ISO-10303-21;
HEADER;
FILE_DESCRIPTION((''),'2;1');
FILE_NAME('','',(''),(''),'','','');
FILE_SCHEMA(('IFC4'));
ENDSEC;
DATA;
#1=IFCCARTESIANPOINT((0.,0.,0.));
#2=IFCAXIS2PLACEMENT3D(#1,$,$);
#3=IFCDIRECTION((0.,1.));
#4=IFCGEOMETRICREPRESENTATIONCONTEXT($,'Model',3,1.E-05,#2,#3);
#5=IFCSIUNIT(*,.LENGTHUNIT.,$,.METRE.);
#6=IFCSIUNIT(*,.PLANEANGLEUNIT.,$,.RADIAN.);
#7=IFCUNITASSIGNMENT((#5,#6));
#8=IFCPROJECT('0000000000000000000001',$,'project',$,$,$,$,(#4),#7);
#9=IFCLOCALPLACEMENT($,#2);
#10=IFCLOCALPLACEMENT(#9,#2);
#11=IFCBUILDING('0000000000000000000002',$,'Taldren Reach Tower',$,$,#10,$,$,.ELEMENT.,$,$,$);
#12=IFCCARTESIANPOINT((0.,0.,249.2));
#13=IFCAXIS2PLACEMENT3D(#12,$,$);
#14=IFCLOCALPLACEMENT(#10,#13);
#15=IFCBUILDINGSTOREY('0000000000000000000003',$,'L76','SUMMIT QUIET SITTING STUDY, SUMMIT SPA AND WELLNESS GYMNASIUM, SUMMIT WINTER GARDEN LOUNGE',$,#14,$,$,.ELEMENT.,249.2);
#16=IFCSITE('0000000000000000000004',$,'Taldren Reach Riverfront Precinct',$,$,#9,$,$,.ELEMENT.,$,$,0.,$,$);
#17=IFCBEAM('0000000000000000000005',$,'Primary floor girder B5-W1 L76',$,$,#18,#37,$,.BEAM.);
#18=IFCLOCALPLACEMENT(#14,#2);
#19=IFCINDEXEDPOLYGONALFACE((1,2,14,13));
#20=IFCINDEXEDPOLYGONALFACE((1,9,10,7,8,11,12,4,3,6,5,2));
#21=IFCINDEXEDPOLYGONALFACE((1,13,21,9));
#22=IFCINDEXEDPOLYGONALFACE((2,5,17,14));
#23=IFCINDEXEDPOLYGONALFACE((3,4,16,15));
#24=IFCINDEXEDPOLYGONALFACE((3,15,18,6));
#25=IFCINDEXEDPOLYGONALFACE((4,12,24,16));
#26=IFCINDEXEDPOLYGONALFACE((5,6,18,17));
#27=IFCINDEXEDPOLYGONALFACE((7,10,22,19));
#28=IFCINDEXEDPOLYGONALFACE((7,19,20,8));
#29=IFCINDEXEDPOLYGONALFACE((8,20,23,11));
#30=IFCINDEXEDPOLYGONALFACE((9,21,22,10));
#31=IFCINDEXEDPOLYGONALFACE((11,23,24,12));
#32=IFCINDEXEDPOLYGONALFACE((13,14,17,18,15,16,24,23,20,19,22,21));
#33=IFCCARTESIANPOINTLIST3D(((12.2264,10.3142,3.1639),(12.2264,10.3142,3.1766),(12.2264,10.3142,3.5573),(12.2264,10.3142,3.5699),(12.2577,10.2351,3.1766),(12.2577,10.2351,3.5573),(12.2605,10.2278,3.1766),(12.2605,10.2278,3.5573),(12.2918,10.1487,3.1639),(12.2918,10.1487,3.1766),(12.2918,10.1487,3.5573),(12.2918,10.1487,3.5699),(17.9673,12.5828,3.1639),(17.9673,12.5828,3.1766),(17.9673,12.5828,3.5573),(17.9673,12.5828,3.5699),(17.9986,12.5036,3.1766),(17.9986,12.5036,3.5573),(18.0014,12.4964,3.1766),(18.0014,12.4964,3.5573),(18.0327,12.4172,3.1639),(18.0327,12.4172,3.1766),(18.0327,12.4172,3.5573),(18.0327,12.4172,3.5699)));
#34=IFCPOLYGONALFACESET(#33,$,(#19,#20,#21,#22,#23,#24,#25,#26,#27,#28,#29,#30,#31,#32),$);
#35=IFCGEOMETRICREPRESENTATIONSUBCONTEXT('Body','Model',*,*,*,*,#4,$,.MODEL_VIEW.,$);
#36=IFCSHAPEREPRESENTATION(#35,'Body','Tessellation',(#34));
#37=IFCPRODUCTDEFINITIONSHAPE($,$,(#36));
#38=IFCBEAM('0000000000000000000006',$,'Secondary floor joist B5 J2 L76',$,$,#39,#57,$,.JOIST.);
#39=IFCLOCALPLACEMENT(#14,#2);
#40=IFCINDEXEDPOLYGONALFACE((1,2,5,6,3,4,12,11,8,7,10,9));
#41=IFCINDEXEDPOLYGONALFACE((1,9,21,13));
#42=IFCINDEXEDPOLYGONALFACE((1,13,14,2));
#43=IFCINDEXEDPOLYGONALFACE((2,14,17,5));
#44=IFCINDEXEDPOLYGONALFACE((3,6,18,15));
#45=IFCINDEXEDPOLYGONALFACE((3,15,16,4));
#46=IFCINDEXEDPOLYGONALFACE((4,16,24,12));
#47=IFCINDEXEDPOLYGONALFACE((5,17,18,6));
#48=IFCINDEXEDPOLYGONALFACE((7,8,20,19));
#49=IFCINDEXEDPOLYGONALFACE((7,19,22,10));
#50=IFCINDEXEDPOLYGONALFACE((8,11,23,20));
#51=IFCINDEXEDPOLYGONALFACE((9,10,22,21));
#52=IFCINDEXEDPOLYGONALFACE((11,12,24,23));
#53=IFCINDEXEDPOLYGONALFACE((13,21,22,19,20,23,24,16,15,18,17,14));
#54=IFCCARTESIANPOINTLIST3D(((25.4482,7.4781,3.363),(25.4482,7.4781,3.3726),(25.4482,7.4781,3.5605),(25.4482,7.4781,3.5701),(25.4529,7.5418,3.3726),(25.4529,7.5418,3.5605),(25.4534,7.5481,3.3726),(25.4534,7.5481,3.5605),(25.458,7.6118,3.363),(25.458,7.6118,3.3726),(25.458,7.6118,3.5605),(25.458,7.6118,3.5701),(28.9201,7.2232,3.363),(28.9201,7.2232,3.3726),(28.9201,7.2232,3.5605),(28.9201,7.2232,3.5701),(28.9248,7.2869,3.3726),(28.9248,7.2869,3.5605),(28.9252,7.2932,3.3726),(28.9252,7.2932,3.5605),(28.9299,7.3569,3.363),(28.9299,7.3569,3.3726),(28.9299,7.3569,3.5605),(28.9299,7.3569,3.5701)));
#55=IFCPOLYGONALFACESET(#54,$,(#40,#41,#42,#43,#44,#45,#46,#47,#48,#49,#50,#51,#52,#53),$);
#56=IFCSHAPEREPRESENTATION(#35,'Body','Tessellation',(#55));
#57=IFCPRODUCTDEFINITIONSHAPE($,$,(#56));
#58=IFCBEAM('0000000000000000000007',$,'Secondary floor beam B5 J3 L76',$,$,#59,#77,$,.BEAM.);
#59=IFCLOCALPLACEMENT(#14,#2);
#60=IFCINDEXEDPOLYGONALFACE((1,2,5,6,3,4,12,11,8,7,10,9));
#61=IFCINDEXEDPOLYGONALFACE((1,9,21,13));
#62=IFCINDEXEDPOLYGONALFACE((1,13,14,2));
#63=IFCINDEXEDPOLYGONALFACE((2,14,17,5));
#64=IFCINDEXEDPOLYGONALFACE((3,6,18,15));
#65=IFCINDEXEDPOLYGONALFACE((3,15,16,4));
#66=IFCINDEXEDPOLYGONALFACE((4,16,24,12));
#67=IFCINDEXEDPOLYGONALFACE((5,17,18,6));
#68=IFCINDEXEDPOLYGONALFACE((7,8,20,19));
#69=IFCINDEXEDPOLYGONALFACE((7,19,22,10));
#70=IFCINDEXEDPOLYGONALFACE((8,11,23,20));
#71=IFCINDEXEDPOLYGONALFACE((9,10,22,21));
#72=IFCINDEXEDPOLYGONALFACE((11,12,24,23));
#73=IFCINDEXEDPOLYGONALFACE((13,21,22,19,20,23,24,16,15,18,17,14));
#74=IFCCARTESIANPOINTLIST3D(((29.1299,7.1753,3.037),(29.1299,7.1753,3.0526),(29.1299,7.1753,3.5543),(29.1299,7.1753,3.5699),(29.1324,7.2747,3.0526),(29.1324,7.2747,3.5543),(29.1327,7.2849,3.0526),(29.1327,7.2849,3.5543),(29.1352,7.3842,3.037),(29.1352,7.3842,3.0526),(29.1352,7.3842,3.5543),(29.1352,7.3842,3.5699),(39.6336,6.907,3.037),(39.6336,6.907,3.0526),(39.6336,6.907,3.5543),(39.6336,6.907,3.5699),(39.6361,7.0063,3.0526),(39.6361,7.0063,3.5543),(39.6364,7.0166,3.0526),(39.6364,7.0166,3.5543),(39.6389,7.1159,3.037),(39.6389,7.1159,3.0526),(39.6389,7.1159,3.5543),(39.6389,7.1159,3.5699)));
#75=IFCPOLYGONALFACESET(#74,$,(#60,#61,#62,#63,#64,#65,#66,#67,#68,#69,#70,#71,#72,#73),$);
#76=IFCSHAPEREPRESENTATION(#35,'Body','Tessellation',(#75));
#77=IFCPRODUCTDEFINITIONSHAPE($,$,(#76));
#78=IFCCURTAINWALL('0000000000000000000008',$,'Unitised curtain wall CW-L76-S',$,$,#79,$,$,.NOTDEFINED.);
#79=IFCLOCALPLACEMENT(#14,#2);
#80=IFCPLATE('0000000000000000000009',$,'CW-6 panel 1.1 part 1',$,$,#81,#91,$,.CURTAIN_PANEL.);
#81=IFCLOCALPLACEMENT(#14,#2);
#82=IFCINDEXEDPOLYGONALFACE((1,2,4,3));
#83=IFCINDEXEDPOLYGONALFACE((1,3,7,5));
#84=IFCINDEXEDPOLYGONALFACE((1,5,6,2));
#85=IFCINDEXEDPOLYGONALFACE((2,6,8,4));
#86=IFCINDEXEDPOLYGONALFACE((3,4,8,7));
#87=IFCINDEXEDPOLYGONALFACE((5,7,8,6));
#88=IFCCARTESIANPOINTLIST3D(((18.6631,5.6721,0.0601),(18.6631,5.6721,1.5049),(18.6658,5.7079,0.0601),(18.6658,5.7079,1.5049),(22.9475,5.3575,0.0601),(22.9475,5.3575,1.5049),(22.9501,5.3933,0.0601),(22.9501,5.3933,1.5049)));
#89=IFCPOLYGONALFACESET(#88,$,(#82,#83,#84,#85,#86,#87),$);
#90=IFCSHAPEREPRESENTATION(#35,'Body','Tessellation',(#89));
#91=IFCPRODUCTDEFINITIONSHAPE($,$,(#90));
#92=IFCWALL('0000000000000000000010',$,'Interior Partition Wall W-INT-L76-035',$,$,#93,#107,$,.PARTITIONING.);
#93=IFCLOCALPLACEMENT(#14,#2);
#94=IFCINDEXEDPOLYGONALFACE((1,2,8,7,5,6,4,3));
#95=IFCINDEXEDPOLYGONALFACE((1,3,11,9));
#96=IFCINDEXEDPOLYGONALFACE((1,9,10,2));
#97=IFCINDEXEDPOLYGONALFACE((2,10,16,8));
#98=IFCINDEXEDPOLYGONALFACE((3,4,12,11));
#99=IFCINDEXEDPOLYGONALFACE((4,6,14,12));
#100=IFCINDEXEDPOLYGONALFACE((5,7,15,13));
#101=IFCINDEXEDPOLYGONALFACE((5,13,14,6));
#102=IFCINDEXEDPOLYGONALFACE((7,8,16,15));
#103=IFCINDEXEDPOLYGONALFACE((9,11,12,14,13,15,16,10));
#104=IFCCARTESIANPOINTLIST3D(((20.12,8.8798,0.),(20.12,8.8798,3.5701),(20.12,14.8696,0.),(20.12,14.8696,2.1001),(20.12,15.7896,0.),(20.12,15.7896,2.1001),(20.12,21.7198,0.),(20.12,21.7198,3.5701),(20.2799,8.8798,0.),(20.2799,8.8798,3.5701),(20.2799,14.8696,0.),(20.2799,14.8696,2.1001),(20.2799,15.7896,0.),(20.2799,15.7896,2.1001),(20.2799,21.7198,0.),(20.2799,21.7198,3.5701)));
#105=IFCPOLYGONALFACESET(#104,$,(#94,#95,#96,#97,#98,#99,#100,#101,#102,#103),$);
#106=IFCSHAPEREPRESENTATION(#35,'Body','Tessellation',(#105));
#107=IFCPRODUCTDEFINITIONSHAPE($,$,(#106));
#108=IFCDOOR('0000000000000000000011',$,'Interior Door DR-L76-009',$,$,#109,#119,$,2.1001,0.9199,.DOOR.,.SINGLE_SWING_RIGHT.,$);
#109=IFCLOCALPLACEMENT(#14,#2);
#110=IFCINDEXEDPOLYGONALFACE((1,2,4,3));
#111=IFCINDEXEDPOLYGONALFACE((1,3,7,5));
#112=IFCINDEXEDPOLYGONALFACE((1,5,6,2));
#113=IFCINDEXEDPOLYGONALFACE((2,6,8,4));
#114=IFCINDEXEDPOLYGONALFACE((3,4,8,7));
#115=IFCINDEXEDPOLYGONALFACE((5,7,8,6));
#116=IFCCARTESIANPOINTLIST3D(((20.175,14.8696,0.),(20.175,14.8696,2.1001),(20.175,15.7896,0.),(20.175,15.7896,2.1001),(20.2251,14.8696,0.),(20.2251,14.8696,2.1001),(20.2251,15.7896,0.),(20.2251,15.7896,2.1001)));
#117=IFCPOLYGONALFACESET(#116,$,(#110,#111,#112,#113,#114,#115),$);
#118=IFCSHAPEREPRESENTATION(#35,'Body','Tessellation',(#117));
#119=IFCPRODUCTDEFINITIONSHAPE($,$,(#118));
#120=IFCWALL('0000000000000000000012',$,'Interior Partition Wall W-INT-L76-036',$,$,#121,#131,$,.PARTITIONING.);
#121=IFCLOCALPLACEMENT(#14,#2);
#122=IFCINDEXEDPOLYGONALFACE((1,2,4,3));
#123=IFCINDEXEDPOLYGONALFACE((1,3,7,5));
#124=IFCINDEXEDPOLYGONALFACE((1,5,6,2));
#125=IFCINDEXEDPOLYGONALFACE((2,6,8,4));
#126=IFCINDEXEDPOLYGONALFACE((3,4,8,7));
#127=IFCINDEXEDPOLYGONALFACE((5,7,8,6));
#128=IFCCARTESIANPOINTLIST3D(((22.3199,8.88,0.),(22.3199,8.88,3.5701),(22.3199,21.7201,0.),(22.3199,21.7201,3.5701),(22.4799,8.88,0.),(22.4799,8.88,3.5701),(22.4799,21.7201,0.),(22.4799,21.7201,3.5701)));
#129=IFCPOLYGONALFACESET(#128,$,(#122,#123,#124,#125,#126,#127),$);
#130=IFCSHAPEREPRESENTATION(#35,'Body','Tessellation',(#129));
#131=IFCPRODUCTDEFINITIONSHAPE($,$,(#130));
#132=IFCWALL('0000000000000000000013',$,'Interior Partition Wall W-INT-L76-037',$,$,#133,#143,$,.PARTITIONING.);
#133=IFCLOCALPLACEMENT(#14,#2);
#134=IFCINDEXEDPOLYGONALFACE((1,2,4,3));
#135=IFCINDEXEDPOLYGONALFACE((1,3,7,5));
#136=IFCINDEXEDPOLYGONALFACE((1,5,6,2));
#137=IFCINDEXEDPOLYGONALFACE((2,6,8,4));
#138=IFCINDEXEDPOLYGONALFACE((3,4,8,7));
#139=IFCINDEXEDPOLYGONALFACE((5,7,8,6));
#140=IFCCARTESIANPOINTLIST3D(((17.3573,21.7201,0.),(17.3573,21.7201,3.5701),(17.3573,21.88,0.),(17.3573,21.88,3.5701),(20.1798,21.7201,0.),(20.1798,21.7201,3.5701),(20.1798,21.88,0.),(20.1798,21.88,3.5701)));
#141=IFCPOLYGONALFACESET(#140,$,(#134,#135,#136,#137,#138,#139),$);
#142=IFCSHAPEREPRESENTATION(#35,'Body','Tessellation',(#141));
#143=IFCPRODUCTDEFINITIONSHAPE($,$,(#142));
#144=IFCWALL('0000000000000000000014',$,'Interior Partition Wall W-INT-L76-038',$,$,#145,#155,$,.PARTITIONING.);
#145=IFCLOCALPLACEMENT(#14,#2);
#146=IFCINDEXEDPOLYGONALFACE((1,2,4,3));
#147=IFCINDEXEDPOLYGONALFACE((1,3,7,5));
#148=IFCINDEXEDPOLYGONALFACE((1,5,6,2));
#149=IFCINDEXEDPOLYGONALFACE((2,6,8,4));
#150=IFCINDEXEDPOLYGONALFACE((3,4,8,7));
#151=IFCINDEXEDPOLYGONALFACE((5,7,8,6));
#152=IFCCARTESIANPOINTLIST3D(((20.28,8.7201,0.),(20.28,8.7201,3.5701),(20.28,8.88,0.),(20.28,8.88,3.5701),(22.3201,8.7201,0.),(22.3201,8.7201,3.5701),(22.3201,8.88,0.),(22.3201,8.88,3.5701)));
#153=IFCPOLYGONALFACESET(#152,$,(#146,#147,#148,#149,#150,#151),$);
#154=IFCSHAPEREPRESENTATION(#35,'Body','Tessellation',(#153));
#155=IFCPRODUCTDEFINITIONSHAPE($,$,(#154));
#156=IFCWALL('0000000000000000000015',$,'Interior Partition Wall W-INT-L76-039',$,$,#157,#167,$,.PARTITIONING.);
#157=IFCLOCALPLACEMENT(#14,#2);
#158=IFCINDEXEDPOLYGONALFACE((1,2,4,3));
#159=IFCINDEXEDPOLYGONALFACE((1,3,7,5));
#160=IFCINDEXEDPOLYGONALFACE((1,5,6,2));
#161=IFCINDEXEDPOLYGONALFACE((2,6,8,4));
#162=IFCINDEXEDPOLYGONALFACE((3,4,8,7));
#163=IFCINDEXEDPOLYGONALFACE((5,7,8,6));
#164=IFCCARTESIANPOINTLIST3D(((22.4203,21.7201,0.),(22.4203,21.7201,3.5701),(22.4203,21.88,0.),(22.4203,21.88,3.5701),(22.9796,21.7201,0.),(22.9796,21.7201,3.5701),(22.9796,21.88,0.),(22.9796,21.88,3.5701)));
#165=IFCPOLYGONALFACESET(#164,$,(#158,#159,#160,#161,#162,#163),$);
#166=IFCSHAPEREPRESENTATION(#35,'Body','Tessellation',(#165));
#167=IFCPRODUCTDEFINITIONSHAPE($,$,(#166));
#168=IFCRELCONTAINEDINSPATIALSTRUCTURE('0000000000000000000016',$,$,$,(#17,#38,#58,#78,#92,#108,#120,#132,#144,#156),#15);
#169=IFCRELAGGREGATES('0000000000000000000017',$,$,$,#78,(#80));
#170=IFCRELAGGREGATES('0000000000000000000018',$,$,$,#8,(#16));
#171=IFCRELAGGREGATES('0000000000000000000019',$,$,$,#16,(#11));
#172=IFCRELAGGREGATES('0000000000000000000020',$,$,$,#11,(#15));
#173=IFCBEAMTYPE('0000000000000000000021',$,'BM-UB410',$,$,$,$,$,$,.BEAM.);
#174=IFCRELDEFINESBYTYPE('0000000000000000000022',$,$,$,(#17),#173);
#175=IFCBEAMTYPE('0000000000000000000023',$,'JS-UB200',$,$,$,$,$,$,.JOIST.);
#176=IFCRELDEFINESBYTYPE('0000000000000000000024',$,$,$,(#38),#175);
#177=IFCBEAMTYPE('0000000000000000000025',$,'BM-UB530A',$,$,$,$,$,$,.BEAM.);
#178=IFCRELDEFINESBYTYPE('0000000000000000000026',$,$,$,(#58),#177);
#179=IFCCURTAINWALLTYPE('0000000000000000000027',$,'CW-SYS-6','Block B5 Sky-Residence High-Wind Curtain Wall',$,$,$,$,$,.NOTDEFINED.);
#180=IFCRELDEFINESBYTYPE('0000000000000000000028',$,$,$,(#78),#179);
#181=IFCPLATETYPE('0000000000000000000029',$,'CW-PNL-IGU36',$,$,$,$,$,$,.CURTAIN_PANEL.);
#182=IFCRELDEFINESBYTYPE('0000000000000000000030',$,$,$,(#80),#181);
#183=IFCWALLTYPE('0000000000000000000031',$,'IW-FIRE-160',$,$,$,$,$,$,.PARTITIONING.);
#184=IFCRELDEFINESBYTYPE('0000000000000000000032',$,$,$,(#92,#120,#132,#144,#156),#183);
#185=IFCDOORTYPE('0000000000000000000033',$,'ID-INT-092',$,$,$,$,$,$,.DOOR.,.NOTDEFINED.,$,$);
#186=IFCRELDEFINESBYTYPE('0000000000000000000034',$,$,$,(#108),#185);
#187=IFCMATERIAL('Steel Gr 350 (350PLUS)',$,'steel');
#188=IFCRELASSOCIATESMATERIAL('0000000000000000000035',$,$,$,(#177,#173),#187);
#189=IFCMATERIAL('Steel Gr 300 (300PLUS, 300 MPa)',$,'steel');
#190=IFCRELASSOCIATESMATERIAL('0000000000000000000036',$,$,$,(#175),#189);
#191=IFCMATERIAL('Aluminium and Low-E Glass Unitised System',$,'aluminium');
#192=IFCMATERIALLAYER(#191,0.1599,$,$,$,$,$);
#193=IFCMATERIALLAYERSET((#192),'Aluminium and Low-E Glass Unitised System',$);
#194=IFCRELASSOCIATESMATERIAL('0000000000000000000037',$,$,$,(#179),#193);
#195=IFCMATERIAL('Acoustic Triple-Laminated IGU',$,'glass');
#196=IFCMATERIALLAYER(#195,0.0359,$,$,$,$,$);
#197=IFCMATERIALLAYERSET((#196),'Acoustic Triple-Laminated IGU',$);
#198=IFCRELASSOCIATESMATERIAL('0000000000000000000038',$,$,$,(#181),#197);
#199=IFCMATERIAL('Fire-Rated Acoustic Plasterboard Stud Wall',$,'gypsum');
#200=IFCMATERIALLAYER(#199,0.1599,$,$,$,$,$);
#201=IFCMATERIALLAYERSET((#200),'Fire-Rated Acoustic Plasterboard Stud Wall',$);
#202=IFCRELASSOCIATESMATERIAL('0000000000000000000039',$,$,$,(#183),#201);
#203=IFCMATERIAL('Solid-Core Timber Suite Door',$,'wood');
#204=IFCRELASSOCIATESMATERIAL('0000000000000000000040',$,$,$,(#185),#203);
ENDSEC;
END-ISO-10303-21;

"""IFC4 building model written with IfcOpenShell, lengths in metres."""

from ifc_helpers import new_model, si_unit, direction, frame, frame_2d, origin, origin_2d, place, context, subcontext, project, spatial, rectangle, i_section, extrude, source, transform, mapped, material, layer, layer_set, material_profile, profile_set, type_object, element, fill, aggregate, save


model = new_model("IFC4")

# Units and contexts
model_context = context("Model", 3, precision=1e-05, world=origin(), true_north=direction((0.0, 1.0)))
body_context = subcontext(model_context, "Body", "Model", "MODEL_VIEW")
ifc_project = project(units=[si_unit("LENGTHUNIT", "METRE"), si_unit("PLANEANGLEUNIT", "RADIAN")], contexts=[model_context])

# Site, building, storey
site_placement = place(None, origin())
site = spatial("IfcSite", under=ifc_project, at=site_placement, Name="Taldren Reach Riverfront Precinct", CompositionType="ELEMENT", RefElevation=0.0)
building_placement = place(site_placement, origin())
building = spatial("IfcBuilding", under=site, at=building_placement, Name="Taldren Reach Tower", CompositionType="ELEMENT")
storey_placement = place(building_placement, frame((0.0, 0.0, 249.2)))
storey = spatial("IfcBuildingStorey", under=building, at=storey_placement, Name="L76", Description="SUMMIT QUIET SITTING STUDY, SUMMIT SPA AND WELLNESS GYMNASIUM, SUMMIT WINTER GARDEN LOUNGE", CompositionType="ELEMENT", Elevation=249.2)

# Shared definitions
ifc_material_1 = material(Name="Steel Gr 350 (350PLUS)", Category="steel")

# Shared definitions
ifc_material_profile_1 = material_profile(ifc_material_1, i_section(OverallWidth=0.209, OverallDepth=0.533, WebThickness=0.0103, FlangeThickness=0.0156, at=origin_2d()), Name="530UB92.4")
ifc_profile_set_1 = profile_set([ifc_material_profile_1], Name="Steel Gr 350 (350PLUS)")
beam_type_1 = type_object("IfcBeamType", Name="BM-UB530A", PredefinedType="BEAM", material=ifc_profile_set_1)

# Beams
ifc_material_profile_2 = material_profile(ifc_material_1, i_section(OverallWidth=0.178, OverallDepth=0.406, WebThickness=0.0078, FlangeThickness=0.0127, at=origin_2d()), Name="410UB59.7")
ifc_profile_set_2 = profile_set([ifc_material_profile_2], Name="Steel Gr 350 (350PLUS)")
beam_type_2 = type_object("IfcBeamType", Name="BM-UB410", PredefinedType="BEAM", material=ifc_profile_set_2)
shared_shape_1 = source(origin(), body_context, "Body", "SweptSolid", [
    extrude(i_section(OverallWidth=0.178, OverallDepth=0.406, WebThickness=0.0078, FlangeThickness=0.0127, at=origin_2d()), origin(), (0.0, 0.0, 1.0), 6.1729),
])
beam_1_placement = place(storey_placement, frame((18.0, 12.5, 3.3669), z_axis=(-0.930023, -0.367501, 0.0), x_axis=(0.367501, -0.930023, 0.0)))
element("IfcBeam", 1, at=beam_1_placement, inside=storey, type_object=beam_type_2, Name="Primary floor girder B5-W1 L76", PredefinedType="BEAM", context=body_context, shape_type="MappedRepresentation", body=[
    mapped(shared_shape_1, transform((0.0, 0.0, 0.0), scale=1.0)),
])
ifc_material_2 = material(Name="Steel Gr 300 (300PLUS, 300 MPa)", Category="steel")
ifc_material_profile_3 = material_profile(ifc_material_2, i_section(OverallWidth=0.134, OverallDepth=0.207, WebThickness=0.0063, FlangeThickness=0.0095, at=origin_2d()), Name="200UB29.8")
ifc_profile_set_3 = profile_set([ifc_material_profile_3], Name="Steel Gr 300 (300PLUS, 300 MPa)")
beam_type_3 = type_object("IfcBeamType", Name="JS-UB200", PredefinedType="JOIST", material=ifc_profile_set_3)
shared_shape_2 = source(origin(), body_context, "Body", "SweptSolid", [
    extrude(i_section(OverallWidth=0.134, OverallDepth=0.207, WebThickness=0.0063, FlangeThickness=0.0095, at=origin_2d()), origin(), (0.0, 0.0, 1.0), 3.4812),
])
beam_2_placement = place(storey_placement, frame((25.4531, 7.5449, 3.4666), z_axis=(0.997316, -0.073216, 0.0), x_axis=(0.073216, 0.997316, 0.0)))
element("IfcBeam", 2, at=beam_2_placement, inside=storey, type_object=beam_type_3, Name="Secondary floor joist B5 J2 L76", PredefinedType="JOIST", context=body_context, shape_type="MappedRepresentation", body=[
    mapped(shared_shape_2, transform((0.0, 0.0, 0.0), scale=1.0)),
])
shared_shape_3 = source(origin(), body_context, "Body", "SweptSolid", [
    extrude(i_section(OverallWidth=0.209, OverallDepth=0.533, WebThickness=0.0103, FlangeThickness=0.0156, at=origin_2d()), origin(), (0.0, 0.0, 1.0), 10.5071),
])
beam_3_placement = place(storey_placement, frame((29.1326, 7.2798, 3.3035), z_axis=(0.999674, -0.025536, 0.0), x_axis=(0.025536, 0.999674, 0.0)))
element("IfcBeam", 3, at=beam_3_placement, inside=storey, type_object=beam_type_1, Name="Secondary floor beam B5 J3 L76", PredefinedType="BEAM", context=body_context, shape_type="MappedRepresentation", body=[
    mapped(shared_shape_3, transform((0.0, 0.0, 0.0), scale=1.0)),
])

# Curtain wall, plate
ifc_material_3 = material(Name="Aluminium and Low-E Glass Unitised System", Category="aluminium")
ifc_layer_1 = layer(ifc_material_3, 0.1599)
ifc_layer_set_1 = layer_set([ifc_layer_1], Name="Aluminium and Low-E Glass Unitised System")
curtain_wall_type = type_object("IfcCurtainWallType", Name="CW-SYS-6", Description="Block B5 Sky-Residence High-Wind Curtain Wall", PredefinedType="NOTDEFINED", material=ifc_layer_set_1)
curtain_wall_placement = place(storey_placement, origin())
curtain_wall = element("IfcCurtainWall", 4, at=curtain_wall_placement, inside=storey, type_object=curtain_wall_type, Name="Unitised curtain wall CW-L76-S", PredefinedType="NOTDEFINED")
ifc_material_4 = material(Name="Acoustic Triple-Laminated IGU", Category="glass")
ifc_layer_2 = layer(ifc_material_4, 0.0359)
ifc_layer_set_2 = layer_set([ifc_layer_2], Name="Acoustic Triple-Laminated IGU")
plate_type = type_object("IfcPlateType", Name="CW-PNL-IGU36", PredefinedType="CURTAIN_PANEL", material=ifc_layer_set_2)
shared_shape_4 = source(origin(), body_context, "Body", "SweptSolid", [
    extrude(rectangle(XDim=4.2959, YDim=0.0359, at=origin_2d()), origin(), (0.0, 0.0, 1.0), 1.4448),
])
plate_placement = place(storey_placement, frame((20.8066, 5.5327, 0.0601), z_axis=(0.0, 0.0, 1.0), x_axis=(0.997314, -0.073238, 0.0)))
plate = element("IfcPlate", 5, at=plate_placement, type_object=plate_type, Name="CW-6 panel 1.1 part 1", PredefinedType="CURTAIN_PANEL", context=body_context, shape_type="MappedRepresentation", body=[
    mapped(shared_shape_4, transform((0.0, 0.0, 0.0), scale=1.0)),
])
aggregate(curtain_wall, [plate])

# Wall, opening, door
ifc_material_5 = material(Name="Fire-Rated Acoustic Plasterboard Stud Wall", Category="gypsum")
ifc_layer_3 = layer(ifc_material_5, 0.1599)
ifc_layer_set_3 = layer_set([ifc_layer_3], Name="Fire-Rated Acoustic Plasterboard Stud Wall")
wall_type_1 = type_object("IfcWallType", Name="IW-FIRE-160", PredefinedType="PARTITIONING", material=ifc_layer_set_3)
shared_shape_5 = source(origin(), body_context, "Body", "SweptSolid", [
    extrude(rectangle(XDim=12.8401, YDim=0.1599, at=frame_2d((6.4199, 0.0))), origin(), (0.0, 0.0, 1.0), 3.5701),
])
wall_1_placement = place(storey_placement, frame((20.2, 8.8799, 0.0), z_axis=(0.0, 0.0, 1.0), x_axis=(0.0, 1.0, 0.0)))
wall_1 = element("IfcWall", 6, at=wall_1_placement, inside=storey, type_object=wall_type_1, Name="Interior Partition Wall W-INT-L76-035", PredefinedType="PARTITIONING", context=body_context, shape_type="MappedRepresentation", body=[
    mapped(shared_shape_5, transform((0.0, 0.0, 0.0), scale=1.0)),
])
shared_shape_6 = source(origin(), body_context, "Body", "SweptSolid", [
    extrude(rectangle(XDim=0.9199, YDim=2.1001, at=frame_2d((0.46, 1.05))), frame((0.0, 0.0898, 0.0), z_axis=(0.0, -1.0, 0.0), x_axis=(1.0, 0.0, 0.0)), (0.0, 0.0, 1.0), 0.1799),
])
opening_1_placement = place(wall_1_placement, frame((5.9897, 0.0, 0.0)))
opening_1 = element("IfcOpeningElement", 7, at=opening_1_placement, cuts=wall_1, PredefinedType="OPENING", context=body_context, shape_type="MappedRepresentation", body=[
    mapped(shared_shape_6, transform((0.0, 0.0, 0.0), scale=1.0)),
])
ifc_material_6 = material(Name="Solid-Core Timber Suite Door", Category="wood")
door_type = type_object("IfcDoorType", Name="ID-INT-092", OperationType="NOTDEFINED", PredefinedType="DOOR", material=ifc_material_6)
shared_shape_7 = source(origin(), body_context, "Body", "SweptSolid", [
    extrude(rectangle(XDim=0.9199, YDim=2.1001, at=frame_2d((0.46, 1.05))), frame((0.0, 0.0249, 0.0), z_axis=(0.0, -1.0, 0.0), x_axis=(1.0, 0.0, 0.0)), (0.0, 0.0, 1.0), 0.05),
])
door_1_placement = place(opening_1_placement, origin())
door_1 = element("IfcDoor", 8, at=door_1_placement, inside=storey, type_object=door_type, Name="Interior Door DR-L76-009", OperationType="SINGLE_SWING_RIGHT", OverallHeight=2.1001, OverallWidth=0.9199, PredefinedType="DOOR", context=body_context, shape_type="MappedRepresentation", body=[
    mapped(shared_shape_7, transform((0.0, 0.0, 0.0), scale=1.0)),
])
fill(opening_1, door_1)

# Walls
wall_2_placement = place(storey_placement, frame((22.3999, 21.72, 0.0), z_axis=(0.0, 0.0, 1.0), x_axis=(0.0, -1.0, 0.0)))
element("IfcWall", 9, at=wall_2_placement, inside=storey, type_object=wall_type_1, Name="Interior Partition Wall W-INT-L76-036", PredefinedType="PARTITIONING", context=body_context, shape_type="MappedRepresentation", body=[
    mapped(shared_shape_5, transform((0.0, 0.0, 0.0), scale=1.0)),
])
shared_shape_8 = source(origin(), body_context, "Body", "SweptSolid", [
    extrude(rectangle(XDim=2.8225, YDim=0.1599, at=frame_2d((1.4111, 0.0))), origin(), (0.0, 0.0, 1.0), 3.5701),
])
wall_3_placement = place(storey_placement, frame((20.1797, 21.8, 0.0), z_axis=(0.0, 0.0, 1.0), x_axis=(-1.0, 0.0, 0.0)))
element("IfcWall", 10, at=wall_3_placement, inside=storey, type_object=wall_type_1, Name="Interior Partition Wall W-INT-L76-037", PredefinedType="PARTITIONING", context=body_context, shape_type="MappedRepresentation", body=[
    mapped(shared_shape_8, transform((0.0, 0.0, 0.0), scale=1.0)),
])
shared_shape_9 = source(origin(), body_context, "Body", "SweptSolid", [
    extrude(rectangle(XDim=2.04, YDim=0.1599, at=frame_2d((1.02, 0.0))), origin(), (0.0, 0.0, 1.0), 3.5701),
])
wall_4_placement = place(storey_placement, frame((22.3201, 8.8, 0.0), z_axis=(0.0, 0.0, 1.0), x_axis=(-1.0, 0.0, 0.0)))
element("IfcWall", 11, at=wall_4_placement, inside=storey, type_object=wall_type_1, Name="Interior Partition Wall W-INT-L76-038", PredefinedType="PARTITIONING", context=body_context, shape_type="MappedRepresentation", body=[
    mapped(shared_shape_9, transform((0.0, 0.0, 0.0), scale=1.0)),
])
shared_shape_10 = source(origin(), body_context, "Body", "SweptSolid", [
    extrude(rectangle(XDim=0.5593, YDim=0.1599, at=frame_2d((0.2798, 0.0))), origin(), (0.0, 0.0, 1.0), 3.5701),
])
wall_5_placement = place(storey_placement, frame((22.9797, 21.8, 0.0), z_axis=(0.0, 0.0, 1.0), x_axis=(-1.0, 0.0, 0.0)))
element("IfcWall", 12, at=wall_5_placement, inside=storey, type_object=wall_type_1, Name="Interior Partition Wall W-INT-L76-039", PredefinedType="PARTITIONING", context=body_context, shape_type="MappedRepresentation", body=[
    mapped(shared_shape_10, transform((0.0, 0.0, 0.0), scale=1.0)),
])

save(model, "model.ifc")
